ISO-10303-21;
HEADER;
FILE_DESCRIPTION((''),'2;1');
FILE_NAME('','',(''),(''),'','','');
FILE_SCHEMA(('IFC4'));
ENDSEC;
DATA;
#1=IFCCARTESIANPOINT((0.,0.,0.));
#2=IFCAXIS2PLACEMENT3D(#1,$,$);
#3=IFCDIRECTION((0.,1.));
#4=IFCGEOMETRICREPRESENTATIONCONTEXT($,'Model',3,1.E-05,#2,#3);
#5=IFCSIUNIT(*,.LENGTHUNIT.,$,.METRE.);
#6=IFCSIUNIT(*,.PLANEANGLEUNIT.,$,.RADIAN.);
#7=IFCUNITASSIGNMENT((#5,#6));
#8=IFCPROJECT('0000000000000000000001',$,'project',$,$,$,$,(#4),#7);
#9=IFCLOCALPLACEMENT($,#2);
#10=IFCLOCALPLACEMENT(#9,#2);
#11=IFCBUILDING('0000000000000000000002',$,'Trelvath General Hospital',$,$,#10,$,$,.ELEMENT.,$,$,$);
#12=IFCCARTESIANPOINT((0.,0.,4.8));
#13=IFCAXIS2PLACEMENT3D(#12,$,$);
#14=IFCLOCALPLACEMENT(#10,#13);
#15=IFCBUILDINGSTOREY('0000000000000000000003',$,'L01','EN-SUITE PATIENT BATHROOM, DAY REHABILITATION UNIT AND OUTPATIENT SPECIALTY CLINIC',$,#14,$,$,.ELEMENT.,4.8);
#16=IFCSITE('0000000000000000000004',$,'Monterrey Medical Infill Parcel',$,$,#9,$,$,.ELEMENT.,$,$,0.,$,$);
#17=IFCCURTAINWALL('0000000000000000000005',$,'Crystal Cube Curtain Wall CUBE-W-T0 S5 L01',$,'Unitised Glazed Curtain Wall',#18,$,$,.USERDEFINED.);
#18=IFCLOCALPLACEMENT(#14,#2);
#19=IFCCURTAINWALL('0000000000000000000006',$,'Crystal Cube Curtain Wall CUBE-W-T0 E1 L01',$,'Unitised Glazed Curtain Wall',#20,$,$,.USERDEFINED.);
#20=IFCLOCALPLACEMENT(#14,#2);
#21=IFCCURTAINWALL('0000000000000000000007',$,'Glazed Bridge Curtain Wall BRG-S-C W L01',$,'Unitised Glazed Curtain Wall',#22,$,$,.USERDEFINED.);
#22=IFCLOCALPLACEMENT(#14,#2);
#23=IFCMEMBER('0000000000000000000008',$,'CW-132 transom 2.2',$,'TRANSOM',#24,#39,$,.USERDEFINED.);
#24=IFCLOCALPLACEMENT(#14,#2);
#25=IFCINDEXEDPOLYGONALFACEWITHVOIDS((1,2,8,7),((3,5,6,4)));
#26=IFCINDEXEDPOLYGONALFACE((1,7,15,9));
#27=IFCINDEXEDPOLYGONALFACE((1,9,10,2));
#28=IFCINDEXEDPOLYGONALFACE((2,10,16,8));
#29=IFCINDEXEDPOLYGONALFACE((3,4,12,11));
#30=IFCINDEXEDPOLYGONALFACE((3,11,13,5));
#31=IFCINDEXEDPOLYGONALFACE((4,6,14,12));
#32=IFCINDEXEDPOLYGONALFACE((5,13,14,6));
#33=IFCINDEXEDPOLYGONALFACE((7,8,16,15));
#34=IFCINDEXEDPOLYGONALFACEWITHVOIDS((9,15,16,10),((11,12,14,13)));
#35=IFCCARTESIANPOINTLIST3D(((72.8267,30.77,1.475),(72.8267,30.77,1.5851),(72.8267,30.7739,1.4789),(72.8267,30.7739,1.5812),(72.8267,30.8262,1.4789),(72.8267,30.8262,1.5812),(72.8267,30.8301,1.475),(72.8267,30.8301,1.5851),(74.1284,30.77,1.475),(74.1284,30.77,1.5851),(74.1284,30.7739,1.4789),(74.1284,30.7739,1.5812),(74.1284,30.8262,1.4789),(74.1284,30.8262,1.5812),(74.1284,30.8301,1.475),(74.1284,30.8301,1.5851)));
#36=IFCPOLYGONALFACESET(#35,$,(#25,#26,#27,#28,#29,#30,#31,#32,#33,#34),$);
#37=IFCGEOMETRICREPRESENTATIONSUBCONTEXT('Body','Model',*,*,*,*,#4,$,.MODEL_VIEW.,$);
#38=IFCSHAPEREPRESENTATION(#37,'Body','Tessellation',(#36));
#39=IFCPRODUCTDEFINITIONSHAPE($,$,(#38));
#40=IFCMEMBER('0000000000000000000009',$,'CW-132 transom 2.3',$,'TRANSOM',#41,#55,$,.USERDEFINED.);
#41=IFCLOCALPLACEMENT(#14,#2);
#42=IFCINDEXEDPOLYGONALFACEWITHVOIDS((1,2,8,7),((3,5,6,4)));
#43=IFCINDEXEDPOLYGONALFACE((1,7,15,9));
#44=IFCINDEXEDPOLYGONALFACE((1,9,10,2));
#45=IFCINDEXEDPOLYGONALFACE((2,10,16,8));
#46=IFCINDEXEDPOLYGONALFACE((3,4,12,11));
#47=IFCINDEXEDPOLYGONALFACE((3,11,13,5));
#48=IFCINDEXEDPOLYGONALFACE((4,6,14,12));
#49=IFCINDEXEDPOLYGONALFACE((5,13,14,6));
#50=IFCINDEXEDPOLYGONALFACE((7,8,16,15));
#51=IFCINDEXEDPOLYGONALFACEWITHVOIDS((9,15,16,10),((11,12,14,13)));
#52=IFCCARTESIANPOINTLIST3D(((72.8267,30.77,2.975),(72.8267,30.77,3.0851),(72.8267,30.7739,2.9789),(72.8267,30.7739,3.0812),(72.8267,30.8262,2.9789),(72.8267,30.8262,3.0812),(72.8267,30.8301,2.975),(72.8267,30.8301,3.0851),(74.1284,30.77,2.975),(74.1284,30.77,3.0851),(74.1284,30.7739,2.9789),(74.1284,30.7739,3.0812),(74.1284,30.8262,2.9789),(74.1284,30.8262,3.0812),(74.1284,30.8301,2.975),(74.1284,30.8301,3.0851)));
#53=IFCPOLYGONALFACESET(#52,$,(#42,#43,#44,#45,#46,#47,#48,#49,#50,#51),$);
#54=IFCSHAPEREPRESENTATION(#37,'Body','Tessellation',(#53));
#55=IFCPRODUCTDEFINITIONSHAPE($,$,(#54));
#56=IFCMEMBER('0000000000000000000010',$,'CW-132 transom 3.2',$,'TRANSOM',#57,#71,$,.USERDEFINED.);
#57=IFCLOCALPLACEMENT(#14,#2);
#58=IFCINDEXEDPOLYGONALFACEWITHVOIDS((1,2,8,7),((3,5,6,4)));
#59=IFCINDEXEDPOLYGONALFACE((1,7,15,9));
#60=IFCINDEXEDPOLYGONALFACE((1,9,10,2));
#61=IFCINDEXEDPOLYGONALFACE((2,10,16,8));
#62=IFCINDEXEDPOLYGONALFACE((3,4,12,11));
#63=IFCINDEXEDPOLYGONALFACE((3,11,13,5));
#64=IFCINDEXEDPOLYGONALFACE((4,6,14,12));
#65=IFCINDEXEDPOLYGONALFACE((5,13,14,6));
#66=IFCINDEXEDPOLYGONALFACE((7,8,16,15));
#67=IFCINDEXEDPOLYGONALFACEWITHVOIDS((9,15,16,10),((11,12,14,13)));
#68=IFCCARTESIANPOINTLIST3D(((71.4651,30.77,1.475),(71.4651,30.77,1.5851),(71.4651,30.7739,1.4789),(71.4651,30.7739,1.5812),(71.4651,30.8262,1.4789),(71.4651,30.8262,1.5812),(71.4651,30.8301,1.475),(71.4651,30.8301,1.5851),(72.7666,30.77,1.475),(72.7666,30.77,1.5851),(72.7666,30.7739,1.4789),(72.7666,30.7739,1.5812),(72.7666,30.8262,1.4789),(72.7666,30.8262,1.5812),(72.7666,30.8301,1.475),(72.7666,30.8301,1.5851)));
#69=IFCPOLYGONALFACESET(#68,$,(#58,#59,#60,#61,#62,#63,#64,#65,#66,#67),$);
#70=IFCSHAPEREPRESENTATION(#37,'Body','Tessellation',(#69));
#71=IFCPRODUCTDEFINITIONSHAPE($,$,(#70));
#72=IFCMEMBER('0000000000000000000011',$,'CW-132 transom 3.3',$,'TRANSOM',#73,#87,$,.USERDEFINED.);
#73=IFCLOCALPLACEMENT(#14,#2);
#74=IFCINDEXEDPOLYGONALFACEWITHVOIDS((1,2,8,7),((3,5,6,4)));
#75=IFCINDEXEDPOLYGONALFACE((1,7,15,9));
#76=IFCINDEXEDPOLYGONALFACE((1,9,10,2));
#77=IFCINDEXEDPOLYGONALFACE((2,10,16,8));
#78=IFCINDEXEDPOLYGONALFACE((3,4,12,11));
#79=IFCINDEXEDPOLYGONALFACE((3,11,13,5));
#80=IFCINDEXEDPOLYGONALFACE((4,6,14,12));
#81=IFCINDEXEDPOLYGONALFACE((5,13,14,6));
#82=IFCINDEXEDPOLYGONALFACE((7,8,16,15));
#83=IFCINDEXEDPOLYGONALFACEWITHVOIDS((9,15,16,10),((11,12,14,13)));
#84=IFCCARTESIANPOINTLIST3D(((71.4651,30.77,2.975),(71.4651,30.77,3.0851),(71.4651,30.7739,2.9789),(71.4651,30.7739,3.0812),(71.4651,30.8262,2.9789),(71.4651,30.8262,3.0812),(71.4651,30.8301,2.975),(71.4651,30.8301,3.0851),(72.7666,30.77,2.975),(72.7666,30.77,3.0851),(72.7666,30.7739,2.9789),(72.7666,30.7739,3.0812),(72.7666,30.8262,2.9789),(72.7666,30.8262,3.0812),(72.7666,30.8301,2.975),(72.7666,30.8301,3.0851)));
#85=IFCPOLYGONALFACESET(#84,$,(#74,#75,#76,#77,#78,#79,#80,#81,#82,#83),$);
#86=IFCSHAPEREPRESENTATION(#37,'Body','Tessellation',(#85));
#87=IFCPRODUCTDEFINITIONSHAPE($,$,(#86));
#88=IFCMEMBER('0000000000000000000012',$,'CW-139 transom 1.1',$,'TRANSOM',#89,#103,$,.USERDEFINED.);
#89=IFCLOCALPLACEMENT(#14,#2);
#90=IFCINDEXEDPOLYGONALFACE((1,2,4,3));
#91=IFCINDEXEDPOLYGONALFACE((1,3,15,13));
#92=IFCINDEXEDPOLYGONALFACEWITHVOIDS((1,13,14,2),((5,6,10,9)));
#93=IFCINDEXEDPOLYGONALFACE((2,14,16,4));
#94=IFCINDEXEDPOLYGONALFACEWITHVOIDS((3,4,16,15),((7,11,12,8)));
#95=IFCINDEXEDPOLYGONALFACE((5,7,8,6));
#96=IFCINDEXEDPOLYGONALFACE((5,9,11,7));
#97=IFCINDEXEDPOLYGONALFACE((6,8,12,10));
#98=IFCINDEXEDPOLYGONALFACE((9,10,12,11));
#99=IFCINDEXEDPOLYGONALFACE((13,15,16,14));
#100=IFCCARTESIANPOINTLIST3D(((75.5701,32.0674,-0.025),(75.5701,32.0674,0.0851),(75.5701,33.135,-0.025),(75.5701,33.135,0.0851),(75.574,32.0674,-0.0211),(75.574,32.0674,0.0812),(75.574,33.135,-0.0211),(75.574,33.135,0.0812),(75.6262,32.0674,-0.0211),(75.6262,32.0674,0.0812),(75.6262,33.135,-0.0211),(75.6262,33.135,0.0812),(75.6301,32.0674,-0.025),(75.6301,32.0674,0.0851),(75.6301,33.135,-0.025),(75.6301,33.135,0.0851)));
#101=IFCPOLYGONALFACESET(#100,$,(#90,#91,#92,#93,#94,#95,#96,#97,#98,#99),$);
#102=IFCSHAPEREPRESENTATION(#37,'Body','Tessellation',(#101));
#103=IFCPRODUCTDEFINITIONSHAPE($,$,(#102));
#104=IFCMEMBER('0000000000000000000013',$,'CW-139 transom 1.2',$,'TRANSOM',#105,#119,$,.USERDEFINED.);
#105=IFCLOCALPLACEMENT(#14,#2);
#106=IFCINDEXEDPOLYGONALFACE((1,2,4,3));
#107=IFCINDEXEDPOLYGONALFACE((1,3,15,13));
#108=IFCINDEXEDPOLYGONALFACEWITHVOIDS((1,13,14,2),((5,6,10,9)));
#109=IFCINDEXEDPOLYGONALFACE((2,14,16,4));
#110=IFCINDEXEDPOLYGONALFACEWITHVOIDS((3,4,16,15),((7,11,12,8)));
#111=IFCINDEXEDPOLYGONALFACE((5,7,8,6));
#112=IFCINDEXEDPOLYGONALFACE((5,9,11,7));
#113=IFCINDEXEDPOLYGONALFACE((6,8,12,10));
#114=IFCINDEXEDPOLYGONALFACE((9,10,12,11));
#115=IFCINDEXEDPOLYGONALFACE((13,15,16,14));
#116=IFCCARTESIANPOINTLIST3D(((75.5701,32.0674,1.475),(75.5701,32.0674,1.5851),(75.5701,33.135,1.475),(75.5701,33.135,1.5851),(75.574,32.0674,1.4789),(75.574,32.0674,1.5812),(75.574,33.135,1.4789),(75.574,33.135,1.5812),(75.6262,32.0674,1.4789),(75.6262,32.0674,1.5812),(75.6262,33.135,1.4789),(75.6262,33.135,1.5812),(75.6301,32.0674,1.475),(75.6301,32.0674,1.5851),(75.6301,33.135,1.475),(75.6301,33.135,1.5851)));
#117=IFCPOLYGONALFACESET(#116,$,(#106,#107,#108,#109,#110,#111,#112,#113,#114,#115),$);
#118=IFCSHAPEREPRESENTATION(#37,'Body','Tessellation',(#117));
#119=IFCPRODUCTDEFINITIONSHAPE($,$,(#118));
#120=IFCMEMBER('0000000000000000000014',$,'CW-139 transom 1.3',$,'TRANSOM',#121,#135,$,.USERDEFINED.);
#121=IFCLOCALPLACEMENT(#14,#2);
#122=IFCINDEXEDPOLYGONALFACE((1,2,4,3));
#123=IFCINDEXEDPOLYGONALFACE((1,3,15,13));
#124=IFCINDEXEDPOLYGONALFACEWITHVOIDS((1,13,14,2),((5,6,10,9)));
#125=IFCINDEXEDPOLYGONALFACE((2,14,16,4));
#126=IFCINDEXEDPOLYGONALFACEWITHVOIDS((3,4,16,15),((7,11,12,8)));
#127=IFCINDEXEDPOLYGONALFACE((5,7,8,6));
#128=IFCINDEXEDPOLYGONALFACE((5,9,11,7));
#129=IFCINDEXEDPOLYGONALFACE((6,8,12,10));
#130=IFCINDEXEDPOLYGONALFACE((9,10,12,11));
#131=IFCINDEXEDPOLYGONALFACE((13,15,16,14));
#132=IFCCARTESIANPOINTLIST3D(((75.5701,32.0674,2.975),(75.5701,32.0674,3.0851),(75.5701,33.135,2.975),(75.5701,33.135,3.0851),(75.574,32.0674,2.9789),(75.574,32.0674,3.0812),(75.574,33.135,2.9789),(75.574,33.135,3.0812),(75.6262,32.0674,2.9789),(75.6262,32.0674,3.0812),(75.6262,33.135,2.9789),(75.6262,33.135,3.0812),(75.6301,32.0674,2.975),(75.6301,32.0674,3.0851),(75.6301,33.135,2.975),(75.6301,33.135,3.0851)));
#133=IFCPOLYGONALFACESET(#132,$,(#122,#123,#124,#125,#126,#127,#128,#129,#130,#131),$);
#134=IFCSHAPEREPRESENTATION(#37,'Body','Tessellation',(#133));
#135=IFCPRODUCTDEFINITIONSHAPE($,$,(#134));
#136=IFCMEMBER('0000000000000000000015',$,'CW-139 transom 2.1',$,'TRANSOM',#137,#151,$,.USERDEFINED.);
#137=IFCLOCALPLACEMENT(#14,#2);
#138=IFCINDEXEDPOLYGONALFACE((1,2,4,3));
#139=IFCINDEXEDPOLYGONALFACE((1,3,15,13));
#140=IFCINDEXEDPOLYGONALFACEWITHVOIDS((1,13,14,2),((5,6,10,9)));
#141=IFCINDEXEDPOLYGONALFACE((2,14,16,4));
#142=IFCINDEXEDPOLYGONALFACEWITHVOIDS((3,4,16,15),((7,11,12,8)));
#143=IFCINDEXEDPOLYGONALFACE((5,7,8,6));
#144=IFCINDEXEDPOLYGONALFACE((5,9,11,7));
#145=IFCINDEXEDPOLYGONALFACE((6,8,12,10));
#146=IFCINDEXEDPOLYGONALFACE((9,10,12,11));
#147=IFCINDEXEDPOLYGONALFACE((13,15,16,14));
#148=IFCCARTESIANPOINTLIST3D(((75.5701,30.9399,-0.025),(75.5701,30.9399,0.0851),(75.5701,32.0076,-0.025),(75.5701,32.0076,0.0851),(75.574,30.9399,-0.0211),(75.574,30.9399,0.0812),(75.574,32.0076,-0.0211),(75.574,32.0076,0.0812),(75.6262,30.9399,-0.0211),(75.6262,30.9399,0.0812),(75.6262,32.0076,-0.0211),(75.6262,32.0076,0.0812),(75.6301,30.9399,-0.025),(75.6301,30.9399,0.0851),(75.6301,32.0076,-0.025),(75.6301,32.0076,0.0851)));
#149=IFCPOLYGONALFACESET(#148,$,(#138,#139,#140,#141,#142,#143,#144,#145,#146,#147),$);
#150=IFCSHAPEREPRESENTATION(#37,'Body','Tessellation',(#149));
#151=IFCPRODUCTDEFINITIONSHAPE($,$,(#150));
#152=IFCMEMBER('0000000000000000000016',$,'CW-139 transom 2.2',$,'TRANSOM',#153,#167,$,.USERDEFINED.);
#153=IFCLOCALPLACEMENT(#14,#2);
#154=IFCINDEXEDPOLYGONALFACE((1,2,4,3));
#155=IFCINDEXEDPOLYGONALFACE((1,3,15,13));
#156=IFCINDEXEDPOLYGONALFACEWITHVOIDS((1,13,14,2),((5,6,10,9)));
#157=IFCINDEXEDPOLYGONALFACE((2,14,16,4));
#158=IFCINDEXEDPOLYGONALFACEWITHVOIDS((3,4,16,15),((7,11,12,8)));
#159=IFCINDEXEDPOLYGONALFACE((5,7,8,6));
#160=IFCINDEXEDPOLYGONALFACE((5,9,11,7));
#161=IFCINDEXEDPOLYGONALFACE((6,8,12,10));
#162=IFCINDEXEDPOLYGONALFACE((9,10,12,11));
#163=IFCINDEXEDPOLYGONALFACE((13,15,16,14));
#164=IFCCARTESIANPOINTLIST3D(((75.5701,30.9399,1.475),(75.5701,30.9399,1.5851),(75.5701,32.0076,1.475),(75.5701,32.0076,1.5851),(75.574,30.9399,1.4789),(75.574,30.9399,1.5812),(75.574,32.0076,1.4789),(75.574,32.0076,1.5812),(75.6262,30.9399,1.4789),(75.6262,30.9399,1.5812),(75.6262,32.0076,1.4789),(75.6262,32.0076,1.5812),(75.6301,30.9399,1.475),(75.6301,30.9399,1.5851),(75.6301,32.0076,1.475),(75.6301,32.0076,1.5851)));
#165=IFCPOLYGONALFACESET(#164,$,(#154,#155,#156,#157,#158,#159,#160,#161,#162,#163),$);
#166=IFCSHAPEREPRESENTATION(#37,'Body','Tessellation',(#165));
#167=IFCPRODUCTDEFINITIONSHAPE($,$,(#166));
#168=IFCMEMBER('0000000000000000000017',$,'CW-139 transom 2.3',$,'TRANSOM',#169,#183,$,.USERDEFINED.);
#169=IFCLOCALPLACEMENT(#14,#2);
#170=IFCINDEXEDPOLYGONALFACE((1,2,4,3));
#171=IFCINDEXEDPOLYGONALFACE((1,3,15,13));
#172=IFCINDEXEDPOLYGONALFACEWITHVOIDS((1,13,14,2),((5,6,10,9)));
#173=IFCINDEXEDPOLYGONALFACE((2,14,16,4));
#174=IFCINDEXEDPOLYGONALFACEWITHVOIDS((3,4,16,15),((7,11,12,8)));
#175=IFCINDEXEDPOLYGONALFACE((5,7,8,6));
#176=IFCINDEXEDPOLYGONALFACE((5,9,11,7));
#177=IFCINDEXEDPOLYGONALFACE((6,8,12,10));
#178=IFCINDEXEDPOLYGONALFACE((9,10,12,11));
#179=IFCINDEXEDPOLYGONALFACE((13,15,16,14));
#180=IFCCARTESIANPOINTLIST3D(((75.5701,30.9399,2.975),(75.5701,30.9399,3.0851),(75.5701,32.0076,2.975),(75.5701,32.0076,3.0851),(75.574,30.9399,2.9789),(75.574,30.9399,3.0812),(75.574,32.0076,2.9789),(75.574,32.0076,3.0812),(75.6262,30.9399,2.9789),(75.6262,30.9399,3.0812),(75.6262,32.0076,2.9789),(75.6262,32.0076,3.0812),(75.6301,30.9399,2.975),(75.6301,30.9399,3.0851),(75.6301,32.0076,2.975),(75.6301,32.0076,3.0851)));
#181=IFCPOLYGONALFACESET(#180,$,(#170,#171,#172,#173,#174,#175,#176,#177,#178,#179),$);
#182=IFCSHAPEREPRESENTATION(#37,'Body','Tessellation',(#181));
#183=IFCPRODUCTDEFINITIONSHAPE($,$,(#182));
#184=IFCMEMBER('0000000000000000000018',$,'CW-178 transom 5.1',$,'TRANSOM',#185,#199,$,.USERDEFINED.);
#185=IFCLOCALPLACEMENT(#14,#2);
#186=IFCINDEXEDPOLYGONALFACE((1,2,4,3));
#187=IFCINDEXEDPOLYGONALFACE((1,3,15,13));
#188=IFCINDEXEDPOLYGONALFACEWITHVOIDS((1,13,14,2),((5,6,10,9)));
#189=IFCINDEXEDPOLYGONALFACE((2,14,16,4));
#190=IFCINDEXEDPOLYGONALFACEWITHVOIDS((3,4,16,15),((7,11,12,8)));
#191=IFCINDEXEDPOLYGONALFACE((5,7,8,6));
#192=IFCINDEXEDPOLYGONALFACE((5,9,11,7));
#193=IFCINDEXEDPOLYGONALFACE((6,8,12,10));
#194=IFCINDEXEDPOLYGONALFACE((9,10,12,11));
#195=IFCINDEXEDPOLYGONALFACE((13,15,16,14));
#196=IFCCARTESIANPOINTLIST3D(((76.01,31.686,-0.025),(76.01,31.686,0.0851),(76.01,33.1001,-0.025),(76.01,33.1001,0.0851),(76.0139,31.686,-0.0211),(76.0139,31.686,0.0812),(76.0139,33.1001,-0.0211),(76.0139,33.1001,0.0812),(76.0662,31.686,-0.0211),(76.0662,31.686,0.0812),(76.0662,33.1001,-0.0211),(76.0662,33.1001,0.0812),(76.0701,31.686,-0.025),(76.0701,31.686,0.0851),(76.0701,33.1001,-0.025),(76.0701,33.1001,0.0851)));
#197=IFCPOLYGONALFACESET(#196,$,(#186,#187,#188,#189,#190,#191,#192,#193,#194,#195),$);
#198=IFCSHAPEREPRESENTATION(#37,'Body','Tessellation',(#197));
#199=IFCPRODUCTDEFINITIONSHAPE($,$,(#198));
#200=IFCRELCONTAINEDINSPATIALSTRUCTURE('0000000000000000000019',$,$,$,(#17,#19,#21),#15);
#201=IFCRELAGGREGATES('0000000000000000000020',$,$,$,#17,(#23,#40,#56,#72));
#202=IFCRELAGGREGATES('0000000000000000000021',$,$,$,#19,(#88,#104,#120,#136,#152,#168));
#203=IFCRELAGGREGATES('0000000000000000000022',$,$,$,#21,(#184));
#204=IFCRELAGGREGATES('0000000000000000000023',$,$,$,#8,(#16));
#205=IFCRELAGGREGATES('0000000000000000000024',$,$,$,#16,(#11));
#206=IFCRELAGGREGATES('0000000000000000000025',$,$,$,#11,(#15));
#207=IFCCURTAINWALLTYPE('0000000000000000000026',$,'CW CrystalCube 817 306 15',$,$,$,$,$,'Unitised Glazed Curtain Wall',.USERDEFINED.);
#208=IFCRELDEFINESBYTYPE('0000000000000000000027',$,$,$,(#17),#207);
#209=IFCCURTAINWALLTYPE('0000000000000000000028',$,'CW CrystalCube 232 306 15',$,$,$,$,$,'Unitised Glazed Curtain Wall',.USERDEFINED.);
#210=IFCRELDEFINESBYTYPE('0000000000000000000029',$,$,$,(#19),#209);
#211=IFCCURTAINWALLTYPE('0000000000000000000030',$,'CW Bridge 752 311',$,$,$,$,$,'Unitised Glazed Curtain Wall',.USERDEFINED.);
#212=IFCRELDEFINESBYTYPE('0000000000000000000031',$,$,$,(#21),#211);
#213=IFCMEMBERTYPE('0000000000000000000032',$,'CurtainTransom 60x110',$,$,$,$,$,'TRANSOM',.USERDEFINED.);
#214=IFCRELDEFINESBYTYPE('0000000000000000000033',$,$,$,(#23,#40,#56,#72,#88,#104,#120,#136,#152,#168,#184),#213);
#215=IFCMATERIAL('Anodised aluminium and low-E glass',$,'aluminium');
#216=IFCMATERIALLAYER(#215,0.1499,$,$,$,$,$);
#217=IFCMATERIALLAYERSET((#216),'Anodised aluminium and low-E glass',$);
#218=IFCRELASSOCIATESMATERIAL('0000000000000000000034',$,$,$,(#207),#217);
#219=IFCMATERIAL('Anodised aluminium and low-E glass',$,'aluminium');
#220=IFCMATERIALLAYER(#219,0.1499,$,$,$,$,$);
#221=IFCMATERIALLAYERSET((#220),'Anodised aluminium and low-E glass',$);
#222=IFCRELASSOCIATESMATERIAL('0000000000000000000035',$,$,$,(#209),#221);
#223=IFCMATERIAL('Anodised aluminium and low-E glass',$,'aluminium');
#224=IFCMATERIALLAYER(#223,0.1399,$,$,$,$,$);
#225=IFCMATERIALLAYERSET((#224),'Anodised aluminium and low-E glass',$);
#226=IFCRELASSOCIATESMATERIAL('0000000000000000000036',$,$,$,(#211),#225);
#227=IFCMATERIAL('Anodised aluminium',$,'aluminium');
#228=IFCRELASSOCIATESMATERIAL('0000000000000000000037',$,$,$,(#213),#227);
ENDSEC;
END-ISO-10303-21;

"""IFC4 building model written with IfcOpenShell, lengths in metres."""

from ifc_helpers import new_model, si_unit, direction, frame, origin, origin_2d, place, context, subcontext, project, spatial, hollow_rectangle, extrude, material, layer, layer_set, material_profile, profile_set, type_object, element, aggregate, save


model = new_model("IFC4")

# Units and contexts
model_context = context("Model", 3, precision=1e-05, world=origin(), true_north=direction((0.0, 1.0)))
body_context = subcontext(model_context, "Body", "Model", "MODEL_VIEW")
ifc_project = project(units=[si_unit("LENGTHUNIT", "METRE"), si_unit("PLANEANGLEUNIT", "RADIAN")], contexts=[model_context])

# Site, building, storey
site_placement = place(None, origin())
site = spatial("IfcSite", under=ifc_project, at=site_placement, Name="Monterrey Medical Infill Parcel", CompositionType="ELEMENT", RefElevation=0.0)
building_placement = place(site_placement, origin())
building = spatial("IfcBuilding", under=site, at=building_placement, Name="Trelvath General Hospital", CompositionType="ELEMENT")
storey_placement = place(building_placement, frame((0.0, 0.0, 4.8)))
storey = spatial("IfcBuildingStorey", under=building, at=storey_placement, Name="L01", Description="EN-SUITE PATIENT BATHROOM, DAY REHABILITATION UNIT AND OUTPATIENT SPECIALTY CLINIC", CompositionType="ELEMENT", Elevation=4.8)

# Curtain walls
ifc_material_1 = material(Name="Anodised aluminium and low-E glass", Category="aluminium")
ifc_layer_1 = layer(ifc_material_1, 0.1499)
ifc_layer_set_1 = layer_set([ifc_layer_1], Name="Anodised aluminium and low-E glass")
curtain_wall_type_1 = type_object("IfcCurtainWallType", Name="CW CrystalCube 817 306 15", ElementType="Unitised Glazed Curtain Wall", PredefinedType="USERDEFINED", material=ifc_layer_set_1)
curtain_wall_1_placement = place(storey_placement, origin())
curtain_wall_1 = element("IfcCurtainWall", 1, at=curtain_wall_1_placement, inside=storey, type_object=curtain_wall_type_1, Name="Crystal Cube Curtain Wall CUBE-W-T0 S5 L01", ObjectType="Unitised Glazed Curtain Wall", PredefinedType="USERDEFINED")
ifc_material_2 = material(Name="Anodised aluminium and low-E glass", Category="aluminium")
ifc_layer_2 = layer(ifc_material_2, 0.1499)
ifc_layer_set_2 = layer_set([ifc_layer_2], Name="Anodised aluminium and low-E glass")
curtain_wall_type_2 = type_object("IfcCurtainWallType", Name="CW CrystalCube 232 306 15", ElementType="Unitised Glazed Curtain Wall", PredefinedType="USERDEFINED", material=ifc_layer_set_2)
curtain_wall_2_placement = place(storey_placement, origin())
curtain_wall_2 = element("IfcCurtainWall", 2, at=curtain_wall_2_placement, inside=storey, type_object=curtain_wall_type_2, Name="Crystal Cube Curtain Wall CUBE-W-T0 E1 L01", ObjectType="Unitised Glazed Curtain Wall", PredefinedType="USERDEFINED")

# Curtain wall
ifc_material_3 = material(Name="Anodised aluminium and low-E glass", Category="aluminium")
ifc_layer_3 = layer(ifc_material_3, 0.1399)
ifc_layer_set_3 = layer_set([ifc_layer_3], Name="Anodised aluminium and low-E glass")
curtain_wall_type_3 = type_object("IfcCurtainWallType", Name="CW Bridge 752 311", ElementType="Unitised Glazed Curtain Wall", PredefinedType="USERDEFINED", material=ifc_layer_set_3)
curtain_wall_3_placement = place(storey_placement, origin())
curtain_wall_3 = element("IfcCurtainWall", 3, at=curtain_wall_3_placement, inside=storey, type_object=curtain_wall_type_3, Name="Glazed Bridge Curtain Wall BRG-S-C W L01", ObjectType="Unitised Glazed Curtain Wall", PredefinedType="USERDEFINED")

# Members
ifc_material_4 = material(Name="Anodised aluminium", Category="aluminium")
ifc_material_profile_1 = material_profile(ifc_material_4, hollow_rectangle(XDim=0.0601, YDim=0.1101, WallThickness=0.0039, at=origin_2d()), Name="RHS60x110x4")
ifc_profile_set_1 = profile_set([ifc_material_profile_1], Name="Anodised aluminium")
member_type_1 = type_object("IfcMemberType", Name="CurtainTransom 60x110", ElementType="TRANSOM", PredefinedType="USERDEFINED", material=ifc_profile_set_1)
member_1_placement = place(storey_placement, frame((74.1284, 30.8, 1.53), z_axis=(-1.0, 0.0, 0.0), x_axis=(0.0, -1.0, 0.0)))
member_1 = element("IfcMember", 4, at=member_1_placement, type_object=member_type_1, Name="CW-132 transom 2.2", ObjectType="TRANSOM", PredefinedType="USERDEFINED", context=body_context, shape_type="SweptSolid", body=[
    extrude(hollow_rectangle(XDim=0.0601, YDim=0.1101, WallThickness=0.0039, at=origin_2d()), origin(), (0.0, 0.0, 1.0), 1.3018),
])
member_2_placement = place(storey_placement, frame((74.1284, 30.8, 3.03), z_axis=(-1.0, 0.0, 0.0), x_axis=(0.0, -1.0, 0.0)))
member_2 = element("IfcMember", 5, at=member_2_placement, type_object=member_type_1, Name="CW-132 transom 2.3", ObjectType="TRANSOM", PredefinedType="USERDEFINED", context=body_context, shape_type="SweptSolid", body=[
    extrude(hollow_rectangle(XDim=0.0601, YDim=0.1101, WallThickness=0.0039, at=origin_2d()), origin(), (0.0, 0.0, 1.0), 1.3018),
])
member_3_placement = place(storey_placement, frame((72.7666, 30.8, 1.53), z_axis=(-1.0, 0.0, 0.0), x_axis=(0.0, -1.0, 0.0)))
member_3 = element("IfcMember", 6, at=member_3_placement, type_object=member_type_1, Name="CW-132 transom 3.2", ObjectType="TRANSOM", PredefinedType="USERDEFINED", context=body_context, shape_type="SweptSolid", body=[
    extrude(hollow_rectangle(XDim=0.0601, YDim=0.1101, WallThickness=0.0039, at=origin_2d()), origin(), (0.0, 0.0, 1.0), 1.3015),
])
member_4_placement = place(storey_placement, frame((72.7666, 30.8, 3.03), z_axis=(-1.0, 0.0, 0.0), x_axis=(0.0, -1.0, 0.0)))
member_4 = element("IfcMember", 7, at=member_4_placement, type_object=member_type_1, Name="CW-132 transom 3.3", ObjectType="TRANSOM", PredefinedType="USERDEFINED", context=body_context, shape_type="SweptSolid", body=[
    extrude(hollow_rectangle(XDim=0.0601, YDim=0.1101, WallThickness=0.0039, at=origin_2d()), origin(), (0.0, 0.0, 1.0), 1.3015),
])
member_5_placement = place(storey_placement, frame((75.6001, 33.135, 0.03), z_axis=(0.0, -1.0, 0.0), x_axis=(1.0, 0.0, 0.0)))
member_5 = element("IfcMember", 8, at=member_5_placement, type_object=member_type_1, Name="CW-139 transom 1.1", ObjectType="TRANSOM", PredefinedType="USERDEFINED", context=body_context, shape_type="SweptSolid", body=[
    extrude(hollow_rectangle(XDim=0.0601, YDim=0.1101, WallThickness=0.0039, at=origin_2d()), origin(), (0.0, 0.0, 1.0), 1.0676),
])
member_6_placement = place(storey_placement, frame((75.6001, 33.135, 1.53), z_axis=(0.0, -1.0, 0.0), x_axis=(1.0, 0.0, 0.0)))
member_6 = element("IfcMember", 9, at=member_6_placement, type_object=member_type_1, Name="CW-139 transom 1.2", ObjectType="TRANSOM", PredefinedType="USERDEFINED", context=body_context, shape_type="SweptSolid", body=[
    extrude(hollow_rectangle(XDim=0.0601, YDim=0.1101, WallThickness=0.0039, at=origin_2d()), origin(), (0.0, 0.0, 1.0), 1.0676),
])
member_7_placement = place(storey_placement, frame((75.6001, 33.135, 3.03), z_axis=(0.0, -1.0, 0.0), x_axis=(1.0, 0.0, 0.0)))
member_7 = element("IfcMember", 10, at=member_7_placement, type_object=member_type_1, Name="CW-139 transom 1.3", ObjectType="TRANSOM", PredefinedType="USERDEFINED", context=body_context, shape_type="SweptSolid", body=[
    extrude(hollow_rectangle(XDim=0.0601, YDim=0.1101, WallThickness=0.0039, at=origin_2d()), origin(), (0.0, 0.0, 1.0), 1.0676),
])
member_8_placement = place(storey_placement, frame((75.6001, 32.0076, 0.03), z_axis=(0.0, -1.0, 0.0), x_axis=(1.0, 0.0, 0.0)))
member_8 = element("IfcMember", 11, at=member_8_placement, type_object=member_type_1, Name="CW-139 transom 2.1", ObjectType="TRANSOM", PredefinedType="USERDEFINED", context=body_context, shape_type="SweptSolid", body=[
    extrude(hollow_rectangle(XDim=0.0601, YDim=0.1101, WallThickness=0.0039, at=origin_2d()), origin(), (0.0, 0.0, 1.0), 1.0676),
])
member_9_placement = place(storey_placement, frame((75.6001, 32.0076, 1.53), z_axis=(0.0, -1.0, 0.0), x_axis=(1.0, 0.0, 0.0)))
member_9 = element("IfcMember", 12, at=member_9_placement, type_object=member_type_1, Name="CW-139 transom 2.2", ObjectType="TRANSOM", PredefinedType="USERDEFINED", context=body_context, shape_type="SweptSolid", body=[
    extrude(hollow_rectangle(XDim=0.0601, YDim=0.1101, WallThickness=0.0039, at=origin_2d()), origin(), (0.0, 0.0, 1.0), 1.0676),
])
member_10_placement = place(storey_placement, frame((75.6001, 32.0076, 3.03), z_axis=(0.0, -1.0, 0.0), x_axis=(1.0, 0.0, 0.0)))
member_10 = element("IfcMember", 13, at=member_10_placement, type_object=member_type_1, Name="CW-139 transom 2.3", ObjectType="TRANSOM", PredefinedType="USERDEFINED", context=body_context, shape_type="SweptSolid", body=[
    extrude(hollow_rectangle(XDim=0.0601, YDim=0.1101, WallThickness=0.0039, at=origin_2d()), origin(), (0.0, 0.0, 1.0), 1.0676),
])
member_11_placement = place(storey_placement, frame((76.04, 31.686, 0.03), z_axis=(0.0, 1.0, 0.0), x_axis=(-1.0, 0.0, 0.0)))
member_11 = element("IfcMember", 14, at=member_11_placement, type_object=member_type_1, Name="CW-178 transom 5.1", ObjectType="TRANSOM", PredefinedType="USERDEFINED", context=body_context, shape_type="SweptSolid", body=[
    extrude(hollow_rectangle(XDim=0.0601, YDim=0.1101, WallThickness=0.0039, at=origin_2d()), origin(), (0.0, 0.0, 1.0), 1.4141),
])

aggregate(curtain_wall_1, [member_1, member_2, member_3, member_4])
aggregate(curtain_wall_2, [member_5, member_6, member_7, member_8, member_9, member_10])
aggregate(curtain_wall_3, [member_11])

save(model, "model.ifc")
